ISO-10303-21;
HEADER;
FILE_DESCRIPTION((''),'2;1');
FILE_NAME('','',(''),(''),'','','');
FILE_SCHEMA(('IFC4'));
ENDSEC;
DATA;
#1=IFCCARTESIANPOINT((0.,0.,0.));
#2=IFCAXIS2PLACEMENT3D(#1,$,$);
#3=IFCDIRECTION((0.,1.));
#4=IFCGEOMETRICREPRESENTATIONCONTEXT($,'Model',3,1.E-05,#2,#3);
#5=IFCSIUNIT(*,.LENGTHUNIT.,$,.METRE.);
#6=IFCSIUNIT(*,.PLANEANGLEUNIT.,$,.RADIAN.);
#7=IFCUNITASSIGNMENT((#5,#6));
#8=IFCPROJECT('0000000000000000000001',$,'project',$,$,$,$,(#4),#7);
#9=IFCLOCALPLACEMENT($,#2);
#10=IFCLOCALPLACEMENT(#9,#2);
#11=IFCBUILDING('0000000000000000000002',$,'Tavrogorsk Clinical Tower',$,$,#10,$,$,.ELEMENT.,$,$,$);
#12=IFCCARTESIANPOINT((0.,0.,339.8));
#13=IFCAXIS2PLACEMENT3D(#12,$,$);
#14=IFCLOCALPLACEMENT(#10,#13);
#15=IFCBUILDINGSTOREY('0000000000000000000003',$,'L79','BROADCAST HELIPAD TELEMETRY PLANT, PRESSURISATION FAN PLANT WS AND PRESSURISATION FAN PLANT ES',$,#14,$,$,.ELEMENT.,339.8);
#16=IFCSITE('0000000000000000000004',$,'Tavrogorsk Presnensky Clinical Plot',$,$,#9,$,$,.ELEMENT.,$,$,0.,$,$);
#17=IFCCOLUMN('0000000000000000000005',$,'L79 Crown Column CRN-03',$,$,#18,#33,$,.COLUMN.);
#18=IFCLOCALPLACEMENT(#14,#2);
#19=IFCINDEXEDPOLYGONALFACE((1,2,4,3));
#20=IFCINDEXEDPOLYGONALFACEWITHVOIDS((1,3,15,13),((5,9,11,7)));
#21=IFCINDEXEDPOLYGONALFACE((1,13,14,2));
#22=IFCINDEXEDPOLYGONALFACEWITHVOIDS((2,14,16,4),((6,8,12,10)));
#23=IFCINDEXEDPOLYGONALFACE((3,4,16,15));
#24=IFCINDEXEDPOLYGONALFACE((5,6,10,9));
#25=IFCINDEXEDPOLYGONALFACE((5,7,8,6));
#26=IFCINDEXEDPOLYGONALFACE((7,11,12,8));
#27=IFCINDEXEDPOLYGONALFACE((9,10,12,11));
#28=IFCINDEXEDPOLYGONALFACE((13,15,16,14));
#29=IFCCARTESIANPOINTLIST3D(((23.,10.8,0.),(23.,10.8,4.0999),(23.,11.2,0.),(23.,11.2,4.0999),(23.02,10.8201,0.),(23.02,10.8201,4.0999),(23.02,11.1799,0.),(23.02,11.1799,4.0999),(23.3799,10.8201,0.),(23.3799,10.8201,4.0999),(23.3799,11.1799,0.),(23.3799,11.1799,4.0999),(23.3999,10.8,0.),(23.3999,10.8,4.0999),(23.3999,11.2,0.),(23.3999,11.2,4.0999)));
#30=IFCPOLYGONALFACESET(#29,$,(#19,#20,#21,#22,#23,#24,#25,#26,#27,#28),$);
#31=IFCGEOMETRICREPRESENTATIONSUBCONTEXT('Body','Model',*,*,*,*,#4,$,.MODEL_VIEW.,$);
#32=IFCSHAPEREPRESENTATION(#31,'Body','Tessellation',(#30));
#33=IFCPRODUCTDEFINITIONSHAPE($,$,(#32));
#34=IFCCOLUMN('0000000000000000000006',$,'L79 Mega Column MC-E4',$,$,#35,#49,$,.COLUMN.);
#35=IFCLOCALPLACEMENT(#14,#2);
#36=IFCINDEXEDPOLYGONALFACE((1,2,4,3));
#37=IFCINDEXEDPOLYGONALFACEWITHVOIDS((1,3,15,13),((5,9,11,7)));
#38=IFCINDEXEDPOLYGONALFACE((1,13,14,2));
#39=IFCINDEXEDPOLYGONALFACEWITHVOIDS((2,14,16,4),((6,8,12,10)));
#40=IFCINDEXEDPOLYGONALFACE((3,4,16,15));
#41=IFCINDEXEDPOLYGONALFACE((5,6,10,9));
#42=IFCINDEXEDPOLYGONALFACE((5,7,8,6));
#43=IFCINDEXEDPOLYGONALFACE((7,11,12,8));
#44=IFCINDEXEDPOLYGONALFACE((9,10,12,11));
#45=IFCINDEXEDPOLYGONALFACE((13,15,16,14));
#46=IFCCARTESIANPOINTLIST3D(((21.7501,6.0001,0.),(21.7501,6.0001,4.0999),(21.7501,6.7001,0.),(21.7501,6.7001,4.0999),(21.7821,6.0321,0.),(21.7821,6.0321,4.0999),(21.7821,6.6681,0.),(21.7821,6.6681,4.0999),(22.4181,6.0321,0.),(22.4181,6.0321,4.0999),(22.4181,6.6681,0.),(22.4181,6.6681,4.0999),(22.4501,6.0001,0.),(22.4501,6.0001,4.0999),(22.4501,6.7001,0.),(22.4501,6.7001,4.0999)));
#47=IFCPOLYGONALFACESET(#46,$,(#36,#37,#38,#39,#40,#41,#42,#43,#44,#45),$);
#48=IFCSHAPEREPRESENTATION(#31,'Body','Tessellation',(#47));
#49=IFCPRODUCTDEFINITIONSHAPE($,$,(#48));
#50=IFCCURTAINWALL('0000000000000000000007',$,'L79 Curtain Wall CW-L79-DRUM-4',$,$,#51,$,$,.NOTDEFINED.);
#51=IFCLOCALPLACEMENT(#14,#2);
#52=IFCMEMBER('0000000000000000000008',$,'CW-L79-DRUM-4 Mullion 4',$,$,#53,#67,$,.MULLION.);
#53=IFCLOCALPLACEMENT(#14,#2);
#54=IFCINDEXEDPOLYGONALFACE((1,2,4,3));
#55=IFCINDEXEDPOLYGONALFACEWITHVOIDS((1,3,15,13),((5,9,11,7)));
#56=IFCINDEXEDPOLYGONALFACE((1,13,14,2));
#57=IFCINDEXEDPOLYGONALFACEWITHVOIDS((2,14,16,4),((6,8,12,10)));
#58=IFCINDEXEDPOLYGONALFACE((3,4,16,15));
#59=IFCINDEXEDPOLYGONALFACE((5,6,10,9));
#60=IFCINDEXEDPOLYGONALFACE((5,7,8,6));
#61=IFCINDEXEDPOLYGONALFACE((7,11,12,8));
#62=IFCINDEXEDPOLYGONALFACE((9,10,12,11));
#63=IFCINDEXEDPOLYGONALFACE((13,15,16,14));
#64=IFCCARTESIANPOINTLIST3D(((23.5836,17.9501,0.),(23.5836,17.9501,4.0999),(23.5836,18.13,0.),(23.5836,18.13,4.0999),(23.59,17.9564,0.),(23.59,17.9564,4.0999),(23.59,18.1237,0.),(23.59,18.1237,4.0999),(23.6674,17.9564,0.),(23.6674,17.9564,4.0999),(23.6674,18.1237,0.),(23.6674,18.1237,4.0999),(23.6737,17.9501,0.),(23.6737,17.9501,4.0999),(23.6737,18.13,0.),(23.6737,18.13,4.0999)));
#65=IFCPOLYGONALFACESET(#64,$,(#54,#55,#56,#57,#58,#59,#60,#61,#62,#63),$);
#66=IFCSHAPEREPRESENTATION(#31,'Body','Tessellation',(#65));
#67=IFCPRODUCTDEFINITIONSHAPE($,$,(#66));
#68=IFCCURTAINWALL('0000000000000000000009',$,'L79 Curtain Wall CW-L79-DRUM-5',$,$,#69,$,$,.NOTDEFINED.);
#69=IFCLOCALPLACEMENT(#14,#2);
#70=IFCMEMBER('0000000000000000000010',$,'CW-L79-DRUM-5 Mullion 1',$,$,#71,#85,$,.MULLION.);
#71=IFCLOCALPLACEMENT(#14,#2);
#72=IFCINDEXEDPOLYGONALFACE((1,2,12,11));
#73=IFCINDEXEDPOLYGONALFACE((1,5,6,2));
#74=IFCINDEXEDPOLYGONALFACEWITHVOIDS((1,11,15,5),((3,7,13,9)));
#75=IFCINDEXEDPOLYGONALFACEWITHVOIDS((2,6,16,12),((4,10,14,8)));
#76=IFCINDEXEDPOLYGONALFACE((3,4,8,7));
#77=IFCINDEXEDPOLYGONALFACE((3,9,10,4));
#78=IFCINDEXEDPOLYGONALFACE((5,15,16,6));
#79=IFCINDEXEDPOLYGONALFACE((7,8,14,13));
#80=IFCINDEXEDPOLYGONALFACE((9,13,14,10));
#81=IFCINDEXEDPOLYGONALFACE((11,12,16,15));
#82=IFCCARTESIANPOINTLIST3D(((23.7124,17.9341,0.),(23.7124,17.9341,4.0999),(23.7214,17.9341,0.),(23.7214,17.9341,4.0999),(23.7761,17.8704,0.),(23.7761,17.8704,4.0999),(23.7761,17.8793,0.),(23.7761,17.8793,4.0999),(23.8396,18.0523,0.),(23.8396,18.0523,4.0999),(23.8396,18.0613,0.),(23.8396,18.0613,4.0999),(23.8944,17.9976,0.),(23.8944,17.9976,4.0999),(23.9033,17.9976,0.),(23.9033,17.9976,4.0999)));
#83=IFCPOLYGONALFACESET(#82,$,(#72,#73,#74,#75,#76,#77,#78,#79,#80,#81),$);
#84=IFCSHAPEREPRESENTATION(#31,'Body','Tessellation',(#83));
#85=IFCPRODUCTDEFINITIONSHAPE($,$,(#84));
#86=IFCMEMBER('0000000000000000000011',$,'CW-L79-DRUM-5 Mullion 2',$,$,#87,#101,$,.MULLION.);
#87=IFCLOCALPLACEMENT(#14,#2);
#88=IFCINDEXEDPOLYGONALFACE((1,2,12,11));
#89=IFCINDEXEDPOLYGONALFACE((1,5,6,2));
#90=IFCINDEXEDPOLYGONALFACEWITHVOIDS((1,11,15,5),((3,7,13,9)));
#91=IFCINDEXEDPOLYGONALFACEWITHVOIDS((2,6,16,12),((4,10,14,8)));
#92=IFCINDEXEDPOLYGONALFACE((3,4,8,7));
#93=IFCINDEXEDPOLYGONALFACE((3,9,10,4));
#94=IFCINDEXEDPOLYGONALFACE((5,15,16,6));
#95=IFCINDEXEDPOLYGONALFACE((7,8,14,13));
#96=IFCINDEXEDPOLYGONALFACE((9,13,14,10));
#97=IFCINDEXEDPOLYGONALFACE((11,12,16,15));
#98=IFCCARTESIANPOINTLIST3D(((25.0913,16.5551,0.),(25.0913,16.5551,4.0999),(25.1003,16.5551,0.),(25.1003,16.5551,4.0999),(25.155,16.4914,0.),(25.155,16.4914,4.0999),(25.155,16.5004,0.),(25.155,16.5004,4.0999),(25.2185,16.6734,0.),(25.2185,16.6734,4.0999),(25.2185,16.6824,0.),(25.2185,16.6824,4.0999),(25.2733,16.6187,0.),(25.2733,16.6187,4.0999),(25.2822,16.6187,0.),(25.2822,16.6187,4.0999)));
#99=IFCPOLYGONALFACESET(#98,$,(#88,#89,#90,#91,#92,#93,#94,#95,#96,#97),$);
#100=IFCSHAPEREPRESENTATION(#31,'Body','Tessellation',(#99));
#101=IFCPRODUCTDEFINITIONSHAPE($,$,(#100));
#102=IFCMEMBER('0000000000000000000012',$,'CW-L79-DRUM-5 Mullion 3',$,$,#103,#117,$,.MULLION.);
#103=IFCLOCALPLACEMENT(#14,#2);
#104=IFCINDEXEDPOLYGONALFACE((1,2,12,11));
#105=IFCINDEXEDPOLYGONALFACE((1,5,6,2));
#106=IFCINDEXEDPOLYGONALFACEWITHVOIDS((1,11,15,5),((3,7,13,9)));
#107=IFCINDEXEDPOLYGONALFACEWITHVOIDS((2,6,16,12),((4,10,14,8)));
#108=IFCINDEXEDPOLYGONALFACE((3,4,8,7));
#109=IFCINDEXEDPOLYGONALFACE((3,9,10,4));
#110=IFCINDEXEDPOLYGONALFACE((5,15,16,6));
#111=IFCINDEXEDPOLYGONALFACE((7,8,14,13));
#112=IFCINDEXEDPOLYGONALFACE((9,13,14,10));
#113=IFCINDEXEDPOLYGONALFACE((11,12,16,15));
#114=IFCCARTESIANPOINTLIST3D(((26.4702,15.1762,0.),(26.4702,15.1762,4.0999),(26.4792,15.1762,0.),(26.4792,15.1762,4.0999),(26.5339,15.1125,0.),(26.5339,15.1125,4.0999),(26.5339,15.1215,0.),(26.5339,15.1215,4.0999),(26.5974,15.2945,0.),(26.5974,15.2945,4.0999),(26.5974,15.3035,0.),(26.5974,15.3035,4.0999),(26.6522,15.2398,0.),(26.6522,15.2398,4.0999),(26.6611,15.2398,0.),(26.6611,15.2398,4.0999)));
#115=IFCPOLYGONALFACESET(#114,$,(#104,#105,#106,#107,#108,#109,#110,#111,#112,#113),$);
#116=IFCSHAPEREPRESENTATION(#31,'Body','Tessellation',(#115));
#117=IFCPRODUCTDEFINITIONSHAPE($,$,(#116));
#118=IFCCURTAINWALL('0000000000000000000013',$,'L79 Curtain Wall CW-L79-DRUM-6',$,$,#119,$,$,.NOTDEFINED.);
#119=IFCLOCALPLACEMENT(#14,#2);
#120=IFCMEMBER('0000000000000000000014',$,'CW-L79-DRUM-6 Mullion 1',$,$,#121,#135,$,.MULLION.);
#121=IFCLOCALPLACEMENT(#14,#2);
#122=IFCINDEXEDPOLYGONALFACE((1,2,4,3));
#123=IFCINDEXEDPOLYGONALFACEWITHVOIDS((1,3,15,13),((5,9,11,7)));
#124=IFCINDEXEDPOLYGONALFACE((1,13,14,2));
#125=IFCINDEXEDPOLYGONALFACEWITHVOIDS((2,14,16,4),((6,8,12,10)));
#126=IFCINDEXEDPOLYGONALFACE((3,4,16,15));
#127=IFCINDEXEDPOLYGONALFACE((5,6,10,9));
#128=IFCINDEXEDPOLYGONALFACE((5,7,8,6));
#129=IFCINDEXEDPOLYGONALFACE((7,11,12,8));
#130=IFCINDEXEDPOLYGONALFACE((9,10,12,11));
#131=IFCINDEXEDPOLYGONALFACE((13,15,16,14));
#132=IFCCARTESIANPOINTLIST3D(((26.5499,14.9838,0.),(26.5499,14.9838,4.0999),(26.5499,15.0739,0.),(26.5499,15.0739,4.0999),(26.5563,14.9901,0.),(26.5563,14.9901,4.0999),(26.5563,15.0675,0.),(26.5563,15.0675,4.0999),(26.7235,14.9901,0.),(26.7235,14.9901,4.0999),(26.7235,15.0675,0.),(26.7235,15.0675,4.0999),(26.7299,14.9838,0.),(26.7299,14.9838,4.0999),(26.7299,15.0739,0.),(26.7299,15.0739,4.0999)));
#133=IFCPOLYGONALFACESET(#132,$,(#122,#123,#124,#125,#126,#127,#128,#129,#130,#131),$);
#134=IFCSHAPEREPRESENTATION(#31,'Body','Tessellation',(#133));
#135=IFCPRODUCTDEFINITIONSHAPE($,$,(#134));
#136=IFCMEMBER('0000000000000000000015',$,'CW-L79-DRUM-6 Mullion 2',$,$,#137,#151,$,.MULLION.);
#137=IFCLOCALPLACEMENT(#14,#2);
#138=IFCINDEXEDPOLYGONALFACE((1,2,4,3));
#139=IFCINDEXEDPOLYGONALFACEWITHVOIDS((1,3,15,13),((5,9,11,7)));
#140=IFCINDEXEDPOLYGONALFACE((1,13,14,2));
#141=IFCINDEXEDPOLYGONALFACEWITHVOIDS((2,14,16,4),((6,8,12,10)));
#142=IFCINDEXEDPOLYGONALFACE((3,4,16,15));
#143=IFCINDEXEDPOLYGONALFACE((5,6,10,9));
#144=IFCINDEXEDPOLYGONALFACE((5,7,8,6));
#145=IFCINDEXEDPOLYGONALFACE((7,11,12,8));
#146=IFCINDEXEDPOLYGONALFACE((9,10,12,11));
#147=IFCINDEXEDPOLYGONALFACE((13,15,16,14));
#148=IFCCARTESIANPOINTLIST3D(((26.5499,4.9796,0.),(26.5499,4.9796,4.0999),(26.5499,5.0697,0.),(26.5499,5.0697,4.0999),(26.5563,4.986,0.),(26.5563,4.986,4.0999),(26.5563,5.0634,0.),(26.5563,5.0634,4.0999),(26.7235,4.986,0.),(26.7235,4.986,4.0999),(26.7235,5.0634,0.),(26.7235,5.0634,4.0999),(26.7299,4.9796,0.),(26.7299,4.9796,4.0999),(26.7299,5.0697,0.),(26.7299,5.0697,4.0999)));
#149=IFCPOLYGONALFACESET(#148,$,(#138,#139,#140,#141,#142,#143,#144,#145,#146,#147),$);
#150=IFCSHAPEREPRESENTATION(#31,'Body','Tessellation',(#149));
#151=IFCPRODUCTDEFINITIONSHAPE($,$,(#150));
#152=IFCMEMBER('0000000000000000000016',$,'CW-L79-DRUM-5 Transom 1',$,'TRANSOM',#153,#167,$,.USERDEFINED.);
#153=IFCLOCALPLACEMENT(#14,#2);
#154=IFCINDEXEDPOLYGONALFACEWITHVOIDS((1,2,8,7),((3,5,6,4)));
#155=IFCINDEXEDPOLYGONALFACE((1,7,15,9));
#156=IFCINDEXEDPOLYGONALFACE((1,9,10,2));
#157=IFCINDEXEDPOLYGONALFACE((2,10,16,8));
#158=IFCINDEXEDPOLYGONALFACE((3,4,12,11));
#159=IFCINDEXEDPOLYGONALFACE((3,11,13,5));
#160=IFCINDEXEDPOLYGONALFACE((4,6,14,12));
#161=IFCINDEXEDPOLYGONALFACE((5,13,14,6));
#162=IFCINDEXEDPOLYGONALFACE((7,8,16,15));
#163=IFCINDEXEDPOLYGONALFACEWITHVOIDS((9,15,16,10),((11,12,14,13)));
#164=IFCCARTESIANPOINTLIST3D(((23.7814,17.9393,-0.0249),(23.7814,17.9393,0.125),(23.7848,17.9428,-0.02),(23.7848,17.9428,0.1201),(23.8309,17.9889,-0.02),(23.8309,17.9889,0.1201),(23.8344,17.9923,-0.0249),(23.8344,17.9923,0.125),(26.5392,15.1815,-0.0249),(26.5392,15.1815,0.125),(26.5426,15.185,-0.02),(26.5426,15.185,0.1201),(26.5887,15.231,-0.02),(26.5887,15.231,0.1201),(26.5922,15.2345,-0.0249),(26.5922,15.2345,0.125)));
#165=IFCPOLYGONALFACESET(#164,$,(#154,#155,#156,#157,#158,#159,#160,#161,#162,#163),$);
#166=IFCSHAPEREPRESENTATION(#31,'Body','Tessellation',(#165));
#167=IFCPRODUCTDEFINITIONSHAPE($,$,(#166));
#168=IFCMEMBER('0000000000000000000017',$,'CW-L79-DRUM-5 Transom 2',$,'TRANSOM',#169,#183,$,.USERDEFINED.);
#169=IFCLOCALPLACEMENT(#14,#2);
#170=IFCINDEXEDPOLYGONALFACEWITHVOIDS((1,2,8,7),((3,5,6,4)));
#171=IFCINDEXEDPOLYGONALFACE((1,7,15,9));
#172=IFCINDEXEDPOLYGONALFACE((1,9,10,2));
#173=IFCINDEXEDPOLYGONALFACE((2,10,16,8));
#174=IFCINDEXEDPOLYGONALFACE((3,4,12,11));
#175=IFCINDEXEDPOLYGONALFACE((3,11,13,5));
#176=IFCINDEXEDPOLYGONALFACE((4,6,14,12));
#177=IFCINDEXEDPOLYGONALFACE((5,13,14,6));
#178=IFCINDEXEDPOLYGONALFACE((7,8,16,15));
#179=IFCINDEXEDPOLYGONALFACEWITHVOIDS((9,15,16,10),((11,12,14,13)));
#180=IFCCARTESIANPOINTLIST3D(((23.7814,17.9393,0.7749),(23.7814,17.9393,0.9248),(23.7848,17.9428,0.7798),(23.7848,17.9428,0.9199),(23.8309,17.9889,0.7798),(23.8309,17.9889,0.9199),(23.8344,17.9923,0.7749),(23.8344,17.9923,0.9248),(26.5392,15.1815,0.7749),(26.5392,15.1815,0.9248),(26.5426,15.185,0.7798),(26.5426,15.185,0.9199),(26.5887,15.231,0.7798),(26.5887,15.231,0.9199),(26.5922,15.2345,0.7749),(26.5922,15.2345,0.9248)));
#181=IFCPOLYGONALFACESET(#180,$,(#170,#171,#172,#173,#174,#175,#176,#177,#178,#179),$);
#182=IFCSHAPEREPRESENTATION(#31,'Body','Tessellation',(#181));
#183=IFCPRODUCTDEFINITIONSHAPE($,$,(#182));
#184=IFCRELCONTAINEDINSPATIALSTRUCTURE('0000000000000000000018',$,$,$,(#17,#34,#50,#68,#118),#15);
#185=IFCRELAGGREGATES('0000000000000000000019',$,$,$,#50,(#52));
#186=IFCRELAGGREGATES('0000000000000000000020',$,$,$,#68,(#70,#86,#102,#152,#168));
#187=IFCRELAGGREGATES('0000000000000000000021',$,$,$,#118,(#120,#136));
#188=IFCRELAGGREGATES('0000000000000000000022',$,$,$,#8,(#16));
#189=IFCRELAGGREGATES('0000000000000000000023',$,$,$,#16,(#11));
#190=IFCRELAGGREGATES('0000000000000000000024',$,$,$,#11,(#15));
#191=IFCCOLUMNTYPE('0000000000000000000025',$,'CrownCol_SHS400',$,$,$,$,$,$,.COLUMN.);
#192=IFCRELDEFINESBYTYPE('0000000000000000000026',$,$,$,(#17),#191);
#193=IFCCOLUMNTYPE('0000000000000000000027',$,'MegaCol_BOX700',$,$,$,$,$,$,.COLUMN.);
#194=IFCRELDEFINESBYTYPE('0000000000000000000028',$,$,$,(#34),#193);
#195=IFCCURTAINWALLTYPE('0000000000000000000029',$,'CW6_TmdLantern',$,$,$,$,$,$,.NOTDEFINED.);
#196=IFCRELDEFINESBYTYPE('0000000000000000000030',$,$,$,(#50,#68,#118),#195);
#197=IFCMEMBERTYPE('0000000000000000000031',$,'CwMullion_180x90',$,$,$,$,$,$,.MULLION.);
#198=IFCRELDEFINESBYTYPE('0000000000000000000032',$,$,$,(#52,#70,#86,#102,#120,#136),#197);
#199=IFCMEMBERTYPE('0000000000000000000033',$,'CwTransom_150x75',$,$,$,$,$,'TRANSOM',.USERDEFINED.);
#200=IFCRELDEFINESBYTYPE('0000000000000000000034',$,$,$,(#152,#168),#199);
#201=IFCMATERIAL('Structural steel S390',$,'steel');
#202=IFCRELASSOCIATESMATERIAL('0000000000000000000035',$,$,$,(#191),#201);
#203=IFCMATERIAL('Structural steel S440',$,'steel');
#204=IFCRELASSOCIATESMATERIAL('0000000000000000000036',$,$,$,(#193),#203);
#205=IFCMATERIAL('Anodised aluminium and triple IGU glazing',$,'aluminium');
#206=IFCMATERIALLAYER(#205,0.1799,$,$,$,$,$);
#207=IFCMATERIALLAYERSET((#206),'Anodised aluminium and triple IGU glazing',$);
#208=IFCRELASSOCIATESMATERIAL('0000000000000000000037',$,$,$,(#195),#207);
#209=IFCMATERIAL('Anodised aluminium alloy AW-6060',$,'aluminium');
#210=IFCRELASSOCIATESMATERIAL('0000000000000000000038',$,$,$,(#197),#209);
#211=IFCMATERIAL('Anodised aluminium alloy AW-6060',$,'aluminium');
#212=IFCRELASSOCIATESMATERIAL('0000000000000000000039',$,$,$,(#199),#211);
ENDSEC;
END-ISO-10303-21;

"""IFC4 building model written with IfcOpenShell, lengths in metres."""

from ifc_helpers import new_model, si_unit, direction, frame, origin, origin_2d, place, context, subcontext, project, spatial, hollow_rectangle, extrude, material, layer, layer_set, material_profile, profile_set, type_object, element, aggregate, save


model = new_model("IFC4")

# Units and contexts
model_context = context("Model", 3, precision=1e-05, world=origin(), true_north=direction((0.0, 1.0)))
body_context = subcontext(model_context, "Body", "Model", "MODEL_VIEW")
ifc_project = project(units=[si_unit("LENGTHUNIT", "METRE"), si_unit("PLANEANGLEUNIT", "RADIAN")], contexts=[model_context])

# Site, building, storey
site_placement = place(None, origin())
site = spatial("IfcSite", under=ifc_project, at=site_placement, Name="Tavrogorsk Presnensky Clinical Plot", CompositionType="ELEMENT", RefElevation=0.0)
building_placement = place(site_placement, origin())
building = spatial("IfcBuilding", under=site, at=building_placement, Name="Tavrogorsk Clinical Tower", CompositionType="ELEMENT")
storey_placement = place(building_placement, frame((0.0, 0.0, 339.8)))
storey = spatial("IfcBuildingStorey", under=building, at=storey_placement, Name="L79", Description="BROADCAST HELIPAD TELEMETRY PLANT, PRESSURISATION FAN PLANT WS AND PRESSURISATION FAN PLANT ES", CompositionType="ELEMENT", Elevation=339.8)

# Columns
ifc_material_1 = material(Name="Structural steel S390", Category="steel")
ifc_material_profile_1 = material_profile(ifc_material_1, hollow_rectangle(XDim=0.3999, YDim=0.3999, WallThickness=0.02, at=origin_2d()), Name="SHS-400x400x20")
ifc_profile_set_1 = profile_set([ifc_material_profile_1], Name="Structural steel S390")
column_type_1 = type_object("IfcColumnType", Name="CrownCol_SHS400", PredefinedType="COLUMN", material=ifc_profile_set_1)
column_1_placement = place(storey_placement, frame((23.2, 11.0, 0.0), z_axis=(0.0, 0.0, 1.0), x_axis=(1.0, 0.0, 0.0)))
element("IfcColumn", 1, at=column_1_placement, inside=storey, type_object=column_type_1, Name="L79 Crown Column CRN-03", PredefinedType="COLUMN", context=body_context, shape_type="SweptSolid", body=[
    extrude(hollow_rectangle(XDim=0.3999, YDim=0.3999, WallThickness=0.02, at=origin_2d()), origin(), (0.0, 0.0, 1.0), 4.0999),
])
ifc_material_2 = material(Name="Structural steel S440", Category="steel")
ifc_material_profile_2 = material_profile(ifc_material_2, hollow_rectangle(XDim=0.7, YDim=0.7, WallThickness=0.032, at=origin_2d()), Name="BOX-700x700x32")
ifc_profile_set_2 = profile_set([ifc_material_profile_2], Name="Structural steel S440")
column_type_2 = type_object("IfcColumnType", Name="MegaCol_BOX700", PredefinedType="COLUMN", material=ifc_profile_set_2)
column_2_placement = place(storey_placement, frame((22.1001, 6.3501, 0.0), z_axis=(0.0, 0.0, 1.0), x_axis=(1.0, 0.0, 0.0)))
element("IfcColumn", 2, at=column_2_placement, inside=storey, type_object=column_type_2, Name="L79 Mega Column MC-E4", PredefinedType="COLUMN", context=body_context, shape_type="SweptSolid", body=[
    extrude(hollow_rectangle(XDim=0.7, YDim=0.7, WallThickness=0.032, at=origin_2d()), origin(), (0.0, 0.0, 1.0), 4.0999),
])

# Curtain wall, member
ifc_material_3 = material(Name="Anodised aluminium and triple IGU glazing", Category="aluminium")
ifc_layer_1 = layer(ifc_material_3, 0.1799)
ifc_layer_set_1 = layer_set([ifc_layer_1], Name="Anodised aluminium and triple IGU glazing")
curtain_wall_type = type_object("IfcCurtainWallType", Name="CW6_TmdLantern", PredefinedType="NOTDEFINED", material=ifc_layer_set_1)
curtain_wall_1_placement = place(storey_placement, origin())
curtain_wall_1 = element("IfcCurtainWall", 3, at=curtain_wall_1_placement, inside=storey, type_object=curtain_wall_type, Name="L79 Curtain Wall CW-L79-DRUM-4", PredefinedType="NOTDEFINED")
ifc_material_4 = material(Name="Anodised aluminium alloy AW-6060", Category="aluminium")
ifc_material_profile_3 = material_profile(ifc_material_4, hollow_rectangle(XDim=0.0901, YDim=0.1799, WallThickness=0.0063, at=origin_2d()), Name="RHS-180x90x6.3")
ifc_profile_set_3 = profile_set([ifc_material_profile_3], Name="Anodised aluminium alloy AW-6060")
member_type_1 = type_object("IfcMemberType", Name="CwMullion_180x90", PredefinedType="MULLION", material=ifc_profile_set_3)
member_1_placement = place(storey_placement, frame((23.6287, 18.04, 0.0), z_axis=(0.0, 0.0, 1.0), x_axis=(1.0, 0.0, 0.0)))
member_1 = element("IfcMember", 4, at=member_1_placement, type_object=member_type_1, Name="CW-L79-DRUM-4 Mullion 4", PredefinedType="MULLION", context=body_context, shape_type="SweptSolid", body=[
    extrude(hollow_rectangle(XDim=0.0901, YDim=0.1799, WallThickness=0.0063, at=origin_2d()), origin(), (0.0, 0.0, 1.0), 4.0999),
])
aggregate(curtain_wall_1, [member_1])

# Curtain walls, members
curtain_wall_2_placement = place(storey_placement, origin())
curtain_wall_2 = element("IfcCurtainWall", 5, at=curtain_wall_2_placement, inside=storey, type_object=curtain_wall_type, Name="L79 Curtain Wall CW-L79-DRUM-5", PredefinedType="NOTDEFINED")
member_2_placement = place(storey_placement, frame((23.8079, 17.9658, 0.0), z_axis=(0.0, 0.0, 1.0), x_axis=(0.707107, -0.707107, 0.0)))
member_2 = element("IfcMember", 6, at=member_2_placement, type_object=member_type_1, Name="CW-L79-DRUM-5 Mullion 1", PredefinedType="MULLION", context=body_context, shape_type="SweptSolid", body=[
    extrude(hollow_rectangle(XDim=0.0901, YDim=0.1799, WallThickness=0.0063, at=origin_2d()), origin(), (0.0, 0.0, 1.0), 4.0999),
])
member_3_placement = place(storey_placement, frame((25.1868, 16.5869, 0.0), z_axis=(0.0, 0.0, 1.0), x_axis=(0.707107, -0.707107, 0.0)))
member_3 = element("IfcMember", 7, at=member_3_placement, type_object=member_type_1, Name="CW-L79-DRUM-5 Mullion 2", PredefinedType="MULLION", context=body_context, shape_type="SweptSolid", body=[
    extrude(hollow_rectangle(XDim=0.0901, YDim=0.1799, WallThickness=0.0063, at=origin_2d()), origin(), (0.0, 0.0, 1.0), 4.0999),
])
member_4_placement = place(storey_placement, frame((26.5657, 15.208, 0.0), z_axis=(0.0, 0.0, 1.0), x_axis=(0.707107, -0.707107, 0.0)))
member_4 = element("IfcMember", 8, at=member_4_placement, type_object=member_type_1, Name="CW-L79-DRUM-5 Mullion 3", PredefinedType="MULLION", context=body_context, shape_type="SweptSolid", body=[
    extrude(hollow_rectangle(XDim=0.0901, YDim=0.1799, WallThickness=0.0063, at=origin_2d()), origin(), (0.0, 0.0, 1.0), 4.0999),
])
curtain_wall_3_placement = place(storey_placement, origin())
curtain_wall_3 = element("IfcCurtainWall", 9, at=curtain_wall_3_placement, inside=storey, type_object=curtain_wall_type, Name="L79 Curtain Wall CW-L79-DRUM-6", PredefinedType="NOTDEFINED")
member_5_placement = place(storey_placement, frame((26.6399, 15.0288, 0.0), z_axis=(0.0, 0.0, 1.0), x_axis=(0.0, -1.0, 0.0)))
member_5 = element("IfcMember", 10, at=member_5_placement, type_object=member_type_1, Name="CW-L79-DRUM-6 Mullion 1", PredefinedType="MULLION", context=body_context, shape_type="SweptSolid", body=[
    extrude(hollow_rectangle(XDim=0.0901, YDim=0.1799, WallThickness=0.0063, at=origin_2d()), origin(), (0.0, 0.0, 1.0), 4.0999),
])
member_6_placement = place(storey_placement, frame((26.6399, 5.0247, 0.0), z_axis=(0.0, 0.0, 1.0), x_axis=(0.0, -1.0, 0.0)))
member_6 = element("IfcMember", 11, at=member_6_placement, type_object=member_type_1, Name="CW-L79-DRUM-6 Mullion 2", PredefinedType="MULLION", context=body_context, shape_type="SweptSolid", body=[
    extrude(hollow_rectangle(XDim=0.0901, YDim=0.1799, WallThickness=0.0063, at=origin_2d()), origin(), (0.0, 0.0, 1.0), 4.0999),
])

# Members
ifc_material_5 = material(Name="Anodised aluminium alloy AW-6060", Category="aluminium")
ifc_material_profile_4 = material_profile(ifc_material_5, hollow_rectangle(XDim=0.075, YDim=0.1499, WallThickness=0.0049, at=origin_2d()), Name="RHS-150x75x5")
ifc_profile_set_4 = profile_set([ifc_material_profile_4], Name="Anodised aluminium alloy AW-6060")
member_type_2 = type_object("IfcMemberType", Name="CwTransom_150x75", ElementType="TRANSOM", PredefinedType="USERDEFINED", material=ifc_profile_set_4)
member_7_placement = place(storey_placement, frame((23.8079, 17.9658, 0.05), z_axis=(0.707107, -0.707107, 0.0), x_axis=(0.707107, 0.707107, 0.0)))
member_7 = element("IfcMember", 12, at=member_7_placement, type_object=member_type_2, Name="CW-L79-DRUM-5 Transom 1", ObjectType="TRANSOM", PredefinedType="USERDEFINED", context=body_context, shape_type="SweptSolid", body=[
    extrude(hollow_rectangle(XDim=0.075, YDim=0.1499, WallThickness=0.0049, at=origin_2d()), origin(), (0.0, 0.0, 1.0), 3.9001),
])
member_8_placement = place(storey_placement, frame((23.8079, 17.9658, 0.8499), z_axis=(0.707107, -0.707107, 0.0), x_axis=(0.707107, 0.707107, 0.0)))
member_8 = element("IfcMember", 13, at=member_8_placement, type_object=member_type_2, Name="CW-L79-DRUM-5 Transom 2", ObjectType="TRANSOM", PredefinedType="USERDEFINED", context=body_context, shape_type="SweptSolid", body=[
    extrude(hollow_rectangle(XDim=0.075, YDim=0.1499, WallThickness=0.0049, at=origin_2d()), origin(), (0.0, 0.0, 1.0), 3.9001),
])

aggregate(curtain_wall_2, [member_2, member_3, member_4, member_7, member_8])
aggregate(curtain_wall_3, [member_5, member_6])

save(model, "model.ifc")
